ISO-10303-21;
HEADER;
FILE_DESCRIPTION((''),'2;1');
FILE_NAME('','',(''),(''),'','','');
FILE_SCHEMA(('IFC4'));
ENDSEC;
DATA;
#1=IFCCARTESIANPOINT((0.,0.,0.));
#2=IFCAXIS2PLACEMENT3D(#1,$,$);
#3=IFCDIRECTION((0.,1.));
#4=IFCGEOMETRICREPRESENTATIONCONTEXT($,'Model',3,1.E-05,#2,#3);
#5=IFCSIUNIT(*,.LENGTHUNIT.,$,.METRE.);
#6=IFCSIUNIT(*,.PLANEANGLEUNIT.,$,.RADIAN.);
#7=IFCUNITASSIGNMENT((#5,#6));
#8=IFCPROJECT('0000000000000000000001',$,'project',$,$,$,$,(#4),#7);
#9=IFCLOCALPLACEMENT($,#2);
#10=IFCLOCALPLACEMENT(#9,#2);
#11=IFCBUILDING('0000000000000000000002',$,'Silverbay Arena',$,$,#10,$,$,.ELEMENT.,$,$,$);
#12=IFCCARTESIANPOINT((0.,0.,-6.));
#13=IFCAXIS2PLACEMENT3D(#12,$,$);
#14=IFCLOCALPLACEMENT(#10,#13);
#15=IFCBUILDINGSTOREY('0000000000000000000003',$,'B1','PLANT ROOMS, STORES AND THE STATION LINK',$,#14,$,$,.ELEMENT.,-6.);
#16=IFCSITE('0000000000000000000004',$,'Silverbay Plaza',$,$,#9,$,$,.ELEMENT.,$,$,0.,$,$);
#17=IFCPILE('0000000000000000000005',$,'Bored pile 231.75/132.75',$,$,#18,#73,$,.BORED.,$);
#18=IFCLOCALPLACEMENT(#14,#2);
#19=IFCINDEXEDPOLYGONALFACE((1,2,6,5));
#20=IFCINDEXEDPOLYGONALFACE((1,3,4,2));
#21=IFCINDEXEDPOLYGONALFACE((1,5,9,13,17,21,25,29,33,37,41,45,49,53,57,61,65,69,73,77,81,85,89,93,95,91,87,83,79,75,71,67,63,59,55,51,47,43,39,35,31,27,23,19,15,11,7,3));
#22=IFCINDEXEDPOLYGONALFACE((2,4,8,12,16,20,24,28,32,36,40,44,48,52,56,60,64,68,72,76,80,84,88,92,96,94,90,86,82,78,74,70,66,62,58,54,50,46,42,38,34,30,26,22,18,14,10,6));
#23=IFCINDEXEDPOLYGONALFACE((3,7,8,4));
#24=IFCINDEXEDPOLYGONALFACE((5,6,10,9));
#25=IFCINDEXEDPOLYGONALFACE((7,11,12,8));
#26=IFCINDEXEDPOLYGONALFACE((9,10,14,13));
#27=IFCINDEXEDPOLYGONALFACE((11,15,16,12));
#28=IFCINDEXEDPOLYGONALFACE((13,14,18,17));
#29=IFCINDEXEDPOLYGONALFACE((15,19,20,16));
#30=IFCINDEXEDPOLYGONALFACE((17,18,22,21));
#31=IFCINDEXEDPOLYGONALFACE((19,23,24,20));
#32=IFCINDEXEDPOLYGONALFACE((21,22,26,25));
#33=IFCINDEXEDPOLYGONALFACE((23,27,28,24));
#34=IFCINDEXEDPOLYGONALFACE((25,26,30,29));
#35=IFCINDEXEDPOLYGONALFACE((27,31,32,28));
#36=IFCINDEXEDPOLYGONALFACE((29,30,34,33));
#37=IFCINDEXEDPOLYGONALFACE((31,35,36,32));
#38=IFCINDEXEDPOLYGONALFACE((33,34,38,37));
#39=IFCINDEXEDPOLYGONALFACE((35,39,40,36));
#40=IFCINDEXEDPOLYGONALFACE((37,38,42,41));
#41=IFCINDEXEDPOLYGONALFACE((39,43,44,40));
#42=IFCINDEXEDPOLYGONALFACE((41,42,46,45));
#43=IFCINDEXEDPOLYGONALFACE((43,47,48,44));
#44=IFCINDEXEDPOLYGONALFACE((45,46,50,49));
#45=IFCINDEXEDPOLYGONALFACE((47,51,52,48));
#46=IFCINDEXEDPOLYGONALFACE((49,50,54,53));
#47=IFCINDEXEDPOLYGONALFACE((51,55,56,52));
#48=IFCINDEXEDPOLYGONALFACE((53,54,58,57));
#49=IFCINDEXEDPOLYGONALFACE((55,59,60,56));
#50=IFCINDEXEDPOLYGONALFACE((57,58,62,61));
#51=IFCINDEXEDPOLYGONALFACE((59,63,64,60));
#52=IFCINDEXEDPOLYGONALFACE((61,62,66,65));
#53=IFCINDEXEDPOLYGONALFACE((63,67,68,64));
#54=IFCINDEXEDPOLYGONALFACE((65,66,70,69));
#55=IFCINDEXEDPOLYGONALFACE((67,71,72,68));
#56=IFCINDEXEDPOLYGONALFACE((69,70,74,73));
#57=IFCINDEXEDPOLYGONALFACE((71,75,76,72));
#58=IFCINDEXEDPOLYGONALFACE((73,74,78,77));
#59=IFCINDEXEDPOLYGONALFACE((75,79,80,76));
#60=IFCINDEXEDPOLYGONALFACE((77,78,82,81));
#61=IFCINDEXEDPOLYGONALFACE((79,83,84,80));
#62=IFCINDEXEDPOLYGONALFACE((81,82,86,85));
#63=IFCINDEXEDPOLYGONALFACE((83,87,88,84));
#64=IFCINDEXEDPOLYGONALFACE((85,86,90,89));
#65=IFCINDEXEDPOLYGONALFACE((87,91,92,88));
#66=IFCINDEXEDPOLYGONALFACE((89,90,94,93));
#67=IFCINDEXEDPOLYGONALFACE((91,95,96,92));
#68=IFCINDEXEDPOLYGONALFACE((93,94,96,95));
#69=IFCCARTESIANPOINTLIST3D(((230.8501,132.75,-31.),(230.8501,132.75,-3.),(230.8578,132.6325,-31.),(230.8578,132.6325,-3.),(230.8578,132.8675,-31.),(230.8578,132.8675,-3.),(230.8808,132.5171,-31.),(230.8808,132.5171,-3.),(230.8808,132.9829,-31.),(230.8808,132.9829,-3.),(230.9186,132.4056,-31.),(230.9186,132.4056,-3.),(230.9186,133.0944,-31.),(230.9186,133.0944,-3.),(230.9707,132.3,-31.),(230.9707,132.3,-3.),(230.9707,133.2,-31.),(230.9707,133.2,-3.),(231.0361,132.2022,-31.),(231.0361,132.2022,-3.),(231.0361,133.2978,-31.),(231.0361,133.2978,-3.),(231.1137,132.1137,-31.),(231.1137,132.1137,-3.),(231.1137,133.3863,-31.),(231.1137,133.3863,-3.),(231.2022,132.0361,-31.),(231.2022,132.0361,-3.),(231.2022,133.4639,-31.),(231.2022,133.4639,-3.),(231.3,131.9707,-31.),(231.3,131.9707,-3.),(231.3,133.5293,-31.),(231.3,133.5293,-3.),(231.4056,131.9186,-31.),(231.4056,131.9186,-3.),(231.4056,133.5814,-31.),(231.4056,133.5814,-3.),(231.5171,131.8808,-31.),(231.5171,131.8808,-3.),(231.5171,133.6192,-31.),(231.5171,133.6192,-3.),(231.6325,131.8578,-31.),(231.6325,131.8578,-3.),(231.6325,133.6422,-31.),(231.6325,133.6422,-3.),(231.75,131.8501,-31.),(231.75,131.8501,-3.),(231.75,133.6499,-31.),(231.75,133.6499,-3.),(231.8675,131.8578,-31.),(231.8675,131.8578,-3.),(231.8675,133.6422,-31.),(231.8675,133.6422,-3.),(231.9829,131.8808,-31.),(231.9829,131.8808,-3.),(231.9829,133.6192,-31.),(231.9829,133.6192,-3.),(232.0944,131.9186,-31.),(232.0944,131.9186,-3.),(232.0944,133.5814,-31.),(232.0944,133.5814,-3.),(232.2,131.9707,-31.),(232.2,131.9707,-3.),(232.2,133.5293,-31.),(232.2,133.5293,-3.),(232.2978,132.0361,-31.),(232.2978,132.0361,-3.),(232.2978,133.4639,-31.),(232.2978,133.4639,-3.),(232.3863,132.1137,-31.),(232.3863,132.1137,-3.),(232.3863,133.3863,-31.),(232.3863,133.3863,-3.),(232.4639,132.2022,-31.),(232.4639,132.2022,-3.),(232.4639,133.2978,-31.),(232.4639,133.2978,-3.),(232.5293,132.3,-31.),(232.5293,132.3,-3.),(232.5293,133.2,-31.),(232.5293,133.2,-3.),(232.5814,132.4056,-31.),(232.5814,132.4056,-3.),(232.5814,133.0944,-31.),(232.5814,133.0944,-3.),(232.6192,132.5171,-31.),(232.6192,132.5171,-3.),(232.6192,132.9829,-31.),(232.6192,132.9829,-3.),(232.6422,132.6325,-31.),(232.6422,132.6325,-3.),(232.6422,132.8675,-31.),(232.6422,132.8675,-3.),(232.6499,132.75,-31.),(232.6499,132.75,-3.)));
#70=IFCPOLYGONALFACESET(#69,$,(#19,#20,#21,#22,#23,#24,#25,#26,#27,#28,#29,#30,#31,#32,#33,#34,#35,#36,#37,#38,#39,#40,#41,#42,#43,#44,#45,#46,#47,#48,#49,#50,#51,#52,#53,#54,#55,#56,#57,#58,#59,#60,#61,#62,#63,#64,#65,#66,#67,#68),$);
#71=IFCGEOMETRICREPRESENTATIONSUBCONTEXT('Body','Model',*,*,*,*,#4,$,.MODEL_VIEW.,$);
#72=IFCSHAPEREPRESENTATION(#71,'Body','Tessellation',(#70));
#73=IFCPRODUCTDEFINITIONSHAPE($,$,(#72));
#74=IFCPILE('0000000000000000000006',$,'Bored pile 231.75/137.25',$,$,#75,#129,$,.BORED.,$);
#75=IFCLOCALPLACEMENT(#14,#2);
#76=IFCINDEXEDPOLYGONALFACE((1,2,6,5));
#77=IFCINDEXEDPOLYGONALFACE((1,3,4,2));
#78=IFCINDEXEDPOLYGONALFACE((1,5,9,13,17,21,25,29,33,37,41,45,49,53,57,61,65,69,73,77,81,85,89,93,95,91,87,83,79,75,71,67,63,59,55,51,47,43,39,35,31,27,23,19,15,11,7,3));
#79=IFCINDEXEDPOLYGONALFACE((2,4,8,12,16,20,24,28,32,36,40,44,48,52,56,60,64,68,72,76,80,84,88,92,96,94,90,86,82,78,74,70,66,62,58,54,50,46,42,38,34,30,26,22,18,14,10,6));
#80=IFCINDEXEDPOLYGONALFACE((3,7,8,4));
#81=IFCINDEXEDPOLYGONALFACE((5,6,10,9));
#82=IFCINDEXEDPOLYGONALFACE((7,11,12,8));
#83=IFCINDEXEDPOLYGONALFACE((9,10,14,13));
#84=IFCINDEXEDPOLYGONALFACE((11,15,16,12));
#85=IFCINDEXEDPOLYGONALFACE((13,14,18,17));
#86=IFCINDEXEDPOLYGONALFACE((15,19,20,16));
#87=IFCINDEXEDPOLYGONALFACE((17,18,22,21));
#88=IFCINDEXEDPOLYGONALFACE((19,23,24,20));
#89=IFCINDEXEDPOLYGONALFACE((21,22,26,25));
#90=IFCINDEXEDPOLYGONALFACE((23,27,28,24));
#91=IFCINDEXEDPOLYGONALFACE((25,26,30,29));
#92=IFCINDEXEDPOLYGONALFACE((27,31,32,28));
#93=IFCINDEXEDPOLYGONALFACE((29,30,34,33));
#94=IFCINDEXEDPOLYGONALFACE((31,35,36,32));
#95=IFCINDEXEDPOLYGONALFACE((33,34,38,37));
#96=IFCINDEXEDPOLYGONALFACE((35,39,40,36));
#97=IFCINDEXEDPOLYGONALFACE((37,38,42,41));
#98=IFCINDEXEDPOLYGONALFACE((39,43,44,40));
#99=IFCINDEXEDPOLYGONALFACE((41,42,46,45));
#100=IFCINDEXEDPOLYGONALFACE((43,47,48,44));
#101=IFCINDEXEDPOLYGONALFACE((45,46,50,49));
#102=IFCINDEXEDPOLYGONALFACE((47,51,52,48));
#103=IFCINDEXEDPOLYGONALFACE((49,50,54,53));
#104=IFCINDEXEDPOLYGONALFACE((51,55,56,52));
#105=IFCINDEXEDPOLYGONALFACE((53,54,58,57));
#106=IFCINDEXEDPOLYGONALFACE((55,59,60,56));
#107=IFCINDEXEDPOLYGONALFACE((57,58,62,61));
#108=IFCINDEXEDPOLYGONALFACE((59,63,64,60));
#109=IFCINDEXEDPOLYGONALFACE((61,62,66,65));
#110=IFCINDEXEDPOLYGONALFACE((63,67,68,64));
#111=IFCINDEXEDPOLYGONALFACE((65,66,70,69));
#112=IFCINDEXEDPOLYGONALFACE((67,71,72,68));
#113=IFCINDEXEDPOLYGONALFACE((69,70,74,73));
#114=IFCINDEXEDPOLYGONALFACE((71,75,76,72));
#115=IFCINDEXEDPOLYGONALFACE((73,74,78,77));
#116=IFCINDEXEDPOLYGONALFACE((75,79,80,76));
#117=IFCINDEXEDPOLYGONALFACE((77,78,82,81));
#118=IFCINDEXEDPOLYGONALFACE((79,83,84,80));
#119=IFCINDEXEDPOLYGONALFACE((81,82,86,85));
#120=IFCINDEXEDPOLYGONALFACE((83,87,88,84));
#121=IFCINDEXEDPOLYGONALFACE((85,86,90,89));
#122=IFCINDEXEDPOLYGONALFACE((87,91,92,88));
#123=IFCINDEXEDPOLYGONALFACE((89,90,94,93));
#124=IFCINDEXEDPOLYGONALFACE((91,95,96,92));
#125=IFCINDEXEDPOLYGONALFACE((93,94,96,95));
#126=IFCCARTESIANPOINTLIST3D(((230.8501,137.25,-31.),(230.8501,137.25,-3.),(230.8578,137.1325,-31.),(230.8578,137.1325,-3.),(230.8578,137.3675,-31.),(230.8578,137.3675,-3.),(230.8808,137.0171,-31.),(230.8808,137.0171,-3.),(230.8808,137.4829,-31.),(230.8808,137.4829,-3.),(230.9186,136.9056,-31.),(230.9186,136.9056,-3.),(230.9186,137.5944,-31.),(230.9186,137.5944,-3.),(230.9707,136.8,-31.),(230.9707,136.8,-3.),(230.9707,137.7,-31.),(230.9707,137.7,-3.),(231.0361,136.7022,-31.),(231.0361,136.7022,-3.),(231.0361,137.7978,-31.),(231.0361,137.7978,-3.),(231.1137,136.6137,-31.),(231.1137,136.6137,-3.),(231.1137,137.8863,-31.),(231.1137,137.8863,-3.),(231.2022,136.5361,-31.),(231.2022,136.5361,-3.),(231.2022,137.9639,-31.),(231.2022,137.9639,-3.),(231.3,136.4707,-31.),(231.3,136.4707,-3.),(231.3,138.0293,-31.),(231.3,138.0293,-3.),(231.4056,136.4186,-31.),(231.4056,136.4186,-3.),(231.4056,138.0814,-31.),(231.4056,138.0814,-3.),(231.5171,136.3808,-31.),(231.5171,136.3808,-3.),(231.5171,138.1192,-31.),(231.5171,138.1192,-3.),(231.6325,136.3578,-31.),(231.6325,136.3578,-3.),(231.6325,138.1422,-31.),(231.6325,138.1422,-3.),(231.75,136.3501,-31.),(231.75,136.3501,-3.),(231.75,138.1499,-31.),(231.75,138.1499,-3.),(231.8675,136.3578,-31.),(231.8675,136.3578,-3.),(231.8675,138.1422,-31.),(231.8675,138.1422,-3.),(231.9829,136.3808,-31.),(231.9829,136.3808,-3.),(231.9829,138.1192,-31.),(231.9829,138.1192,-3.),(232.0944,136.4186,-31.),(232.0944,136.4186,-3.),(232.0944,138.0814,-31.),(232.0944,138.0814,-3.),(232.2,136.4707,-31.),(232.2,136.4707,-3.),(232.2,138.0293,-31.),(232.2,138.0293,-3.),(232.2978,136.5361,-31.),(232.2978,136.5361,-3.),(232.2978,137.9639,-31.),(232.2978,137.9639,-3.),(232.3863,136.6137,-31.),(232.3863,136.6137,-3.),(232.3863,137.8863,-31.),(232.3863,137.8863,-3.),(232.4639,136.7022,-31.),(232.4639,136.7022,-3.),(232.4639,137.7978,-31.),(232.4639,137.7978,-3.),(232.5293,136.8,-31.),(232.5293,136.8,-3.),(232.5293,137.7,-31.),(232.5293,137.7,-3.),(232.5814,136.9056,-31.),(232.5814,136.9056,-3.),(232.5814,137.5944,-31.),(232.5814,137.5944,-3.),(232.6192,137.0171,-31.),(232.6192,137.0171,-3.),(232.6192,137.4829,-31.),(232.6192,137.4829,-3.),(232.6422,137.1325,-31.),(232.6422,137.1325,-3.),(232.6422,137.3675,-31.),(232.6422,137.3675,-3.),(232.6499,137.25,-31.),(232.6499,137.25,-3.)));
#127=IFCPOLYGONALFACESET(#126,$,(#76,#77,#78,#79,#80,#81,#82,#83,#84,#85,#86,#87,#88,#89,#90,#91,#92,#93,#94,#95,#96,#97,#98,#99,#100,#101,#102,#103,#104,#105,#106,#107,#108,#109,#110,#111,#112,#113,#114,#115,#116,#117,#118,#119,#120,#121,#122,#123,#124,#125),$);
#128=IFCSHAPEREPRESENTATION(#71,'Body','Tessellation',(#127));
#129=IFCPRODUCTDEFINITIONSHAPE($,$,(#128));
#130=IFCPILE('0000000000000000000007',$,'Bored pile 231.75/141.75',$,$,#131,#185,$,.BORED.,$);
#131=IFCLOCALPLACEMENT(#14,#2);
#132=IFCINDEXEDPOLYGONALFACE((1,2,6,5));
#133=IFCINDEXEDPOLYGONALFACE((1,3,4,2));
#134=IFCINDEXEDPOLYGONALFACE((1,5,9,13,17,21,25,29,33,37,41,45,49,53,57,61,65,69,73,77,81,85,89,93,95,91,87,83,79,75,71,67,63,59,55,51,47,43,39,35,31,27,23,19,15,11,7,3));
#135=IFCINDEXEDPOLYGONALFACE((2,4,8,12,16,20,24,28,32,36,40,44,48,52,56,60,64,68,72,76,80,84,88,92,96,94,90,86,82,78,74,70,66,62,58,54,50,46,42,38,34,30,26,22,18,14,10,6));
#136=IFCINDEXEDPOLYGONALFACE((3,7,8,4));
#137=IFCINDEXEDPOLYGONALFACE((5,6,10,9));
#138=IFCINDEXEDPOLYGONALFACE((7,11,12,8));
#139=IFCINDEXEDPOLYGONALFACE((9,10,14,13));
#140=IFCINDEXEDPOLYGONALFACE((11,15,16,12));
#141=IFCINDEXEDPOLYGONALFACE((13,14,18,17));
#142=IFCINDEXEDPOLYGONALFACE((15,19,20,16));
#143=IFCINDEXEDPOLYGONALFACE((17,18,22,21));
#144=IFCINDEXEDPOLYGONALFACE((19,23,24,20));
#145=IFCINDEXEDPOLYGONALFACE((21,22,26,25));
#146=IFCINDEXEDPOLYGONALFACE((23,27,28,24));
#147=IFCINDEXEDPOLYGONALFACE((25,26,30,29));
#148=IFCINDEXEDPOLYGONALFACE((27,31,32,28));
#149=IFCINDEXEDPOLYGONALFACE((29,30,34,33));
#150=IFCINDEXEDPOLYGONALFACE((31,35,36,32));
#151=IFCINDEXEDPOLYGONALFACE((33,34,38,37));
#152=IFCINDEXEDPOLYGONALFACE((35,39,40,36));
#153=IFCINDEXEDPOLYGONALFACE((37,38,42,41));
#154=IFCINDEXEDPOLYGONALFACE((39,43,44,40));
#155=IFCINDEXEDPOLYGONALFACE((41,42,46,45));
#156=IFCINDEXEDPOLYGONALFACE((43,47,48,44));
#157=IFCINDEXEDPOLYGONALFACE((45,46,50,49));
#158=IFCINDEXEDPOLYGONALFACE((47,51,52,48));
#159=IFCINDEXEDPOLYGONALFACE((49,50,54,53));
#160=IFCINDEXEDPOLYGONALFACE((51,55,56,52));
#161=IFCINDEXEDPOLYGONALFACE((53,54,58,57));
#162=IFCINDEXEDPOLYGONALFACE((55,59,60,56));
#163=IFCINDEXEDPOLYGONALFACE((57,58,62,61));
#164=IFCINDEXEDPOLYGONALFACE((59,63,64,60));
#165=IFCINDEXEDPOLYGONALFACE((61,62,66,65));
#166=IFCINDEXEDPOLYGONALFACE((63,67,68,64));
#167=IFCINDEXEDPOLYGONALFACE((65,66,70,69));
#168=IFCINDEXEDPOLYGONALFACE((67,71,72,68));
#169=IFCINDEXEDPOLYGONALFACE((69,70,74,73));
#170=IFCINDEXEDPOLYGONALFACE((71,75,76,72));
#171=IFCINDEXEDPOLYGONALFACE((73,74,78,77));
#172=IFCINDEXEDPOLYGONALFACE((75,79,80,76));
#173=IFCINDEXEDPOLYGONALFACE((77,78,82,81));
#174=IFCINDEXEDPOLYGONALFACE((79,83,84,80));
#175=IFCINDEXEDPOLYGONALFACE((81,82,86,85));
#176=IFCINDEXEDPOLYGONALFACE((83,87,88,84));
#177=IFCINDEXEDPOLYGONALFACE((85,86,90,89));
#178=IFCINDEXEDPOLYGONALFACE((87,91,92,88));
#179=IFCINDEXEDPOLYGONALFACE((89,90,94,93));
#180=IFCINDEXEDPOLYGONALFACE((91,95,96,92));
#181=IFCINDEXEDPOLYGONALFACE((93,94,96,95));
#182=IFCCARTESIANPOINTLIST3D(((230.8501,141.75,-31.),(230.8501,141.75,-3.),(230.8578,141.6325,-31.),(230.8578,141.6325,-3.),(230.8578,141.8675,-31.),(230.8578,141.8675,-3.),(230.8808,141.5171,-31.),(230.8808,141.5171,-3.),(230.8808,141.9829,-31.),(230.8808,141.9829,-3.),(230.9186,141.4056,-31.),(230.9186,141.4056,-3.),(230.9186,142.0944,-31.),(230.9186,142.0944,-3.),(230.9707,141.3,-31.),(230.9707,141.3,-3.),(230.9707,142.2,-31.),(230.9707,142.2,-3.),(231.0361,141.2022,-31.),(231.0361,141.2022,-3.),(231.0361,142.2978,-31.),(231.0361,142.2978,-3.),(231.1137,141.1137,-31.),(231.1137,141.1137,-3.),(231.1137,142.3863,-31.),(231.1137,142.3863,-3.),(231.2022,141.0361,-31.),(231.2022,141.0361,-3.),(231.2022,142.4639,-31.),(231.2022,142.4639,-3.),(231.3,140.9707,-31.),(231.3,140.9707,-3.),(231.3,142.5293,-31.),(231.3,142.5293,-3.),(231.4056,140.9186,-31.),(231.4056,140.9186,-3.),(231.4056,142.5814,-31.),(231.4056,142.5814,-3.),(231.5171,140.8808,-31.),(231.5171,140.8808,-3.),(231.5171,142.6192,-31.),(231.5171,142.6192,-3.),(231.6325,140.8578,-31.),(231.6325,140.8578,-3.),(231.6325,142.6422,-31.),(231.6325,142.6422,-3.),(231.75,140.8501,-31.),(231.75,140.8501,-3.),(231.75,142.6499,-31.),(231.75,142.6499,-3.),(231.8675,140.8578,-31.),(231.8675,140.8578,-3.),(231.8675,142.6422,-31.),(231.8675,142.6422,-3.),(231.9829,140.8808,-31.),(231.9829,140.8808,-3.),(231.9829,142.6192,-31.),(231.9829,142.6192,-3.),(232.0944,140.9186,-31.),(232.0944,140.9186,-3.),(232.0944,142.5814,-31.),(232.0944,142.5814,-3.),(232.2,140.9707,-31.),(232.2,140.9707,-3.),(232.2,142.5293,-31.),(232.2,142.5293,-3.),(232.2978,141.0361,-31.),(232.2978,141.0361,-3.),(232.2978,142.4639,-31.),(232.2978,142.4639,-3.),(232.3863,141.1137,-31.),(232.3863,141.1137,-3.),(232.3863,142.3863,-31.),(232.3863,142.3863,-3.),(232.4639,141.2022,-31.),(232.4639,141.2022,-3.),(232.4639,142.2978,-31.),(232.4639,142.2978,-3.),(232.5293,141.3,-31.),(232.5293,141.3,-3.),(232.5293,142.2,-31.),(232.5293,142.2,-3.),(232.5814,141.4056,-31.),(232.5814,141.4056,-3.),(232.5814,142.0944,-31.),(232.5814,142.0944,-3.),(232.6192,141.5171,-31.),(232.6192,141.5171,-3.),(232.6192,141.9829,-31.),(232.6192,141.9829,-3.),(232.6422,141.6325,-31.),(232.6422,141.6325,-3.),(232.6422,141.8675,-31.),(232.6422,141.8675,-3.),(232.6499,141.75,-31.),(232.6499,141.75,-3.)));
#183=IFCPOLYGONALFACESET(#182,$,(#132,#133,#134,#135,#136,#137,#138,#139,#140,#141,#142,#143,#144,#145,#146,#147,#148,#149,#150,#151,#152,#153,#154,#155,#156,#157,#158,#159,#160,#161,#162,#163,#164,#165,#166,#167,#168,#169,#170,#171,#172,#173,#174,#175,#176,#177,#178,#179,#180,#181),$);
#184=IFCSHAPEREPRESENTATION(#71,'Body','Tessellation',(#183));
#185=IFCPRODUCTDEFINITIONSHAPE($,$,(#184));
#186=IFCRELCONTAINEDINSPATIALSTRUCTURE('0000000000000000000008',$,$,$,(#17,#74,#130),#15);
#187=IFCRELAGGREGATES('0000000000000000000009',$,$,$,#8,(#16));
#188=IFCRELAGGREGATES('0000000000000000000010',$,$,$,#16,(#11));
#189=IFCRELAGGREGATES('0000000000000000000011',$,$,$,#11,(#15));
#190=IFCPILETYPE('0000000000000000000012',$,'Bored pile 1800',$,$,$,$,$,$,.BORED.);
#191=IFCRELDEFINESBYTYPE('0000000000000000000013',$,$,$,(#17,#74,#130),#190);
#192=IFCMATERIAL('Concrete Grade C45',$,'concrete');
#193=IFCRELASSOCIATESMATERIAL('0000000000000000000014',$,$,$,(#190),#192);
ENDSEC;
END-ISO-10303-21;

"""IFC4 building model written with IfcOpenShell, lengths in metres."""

from ifc_helpers import new_model, si_unit, direction, frame, origin, origin_2d, place, context, subcontext, project, spatial, circle, extrude, material, material_profile, profile_set, type_object, element, save


model = new_model("IFC4")

# Units and contexts
model_context = context("Model", 3, precision=1e-05, world=origin(), true_north=direction((0.0, 1.0)))
body_context = subcontext(model_context, "Body", "Model", "MODEL_VIEW")
ifc_project = project(units=[si_unit("LENGTHUNIT", "METRE"), si_unit("PLANEANGLEUNIT", "RADIAN")], contexts=[model_context])

# Site, building, storey
site_placement = place(None, origin())
site = spatial("IfcSite", under=ifc_project, at=site_placement, Name="Silverbay Plaza", CompositionType="ELEMENT", RefElevation=0.0)
building_placement = place(site_placement, origin())
building = spatial("IfcBuilding", under=site, at=building_placement, Name="Silverbay Arena", CompositionType="ELEMENT")
storey_placement = place(building_placement, frame((0.0, 0.0, -6.0)))
storey = spatial("IfcBuildingStorey", under=building, at=storey_placement, Name="B1", Description="PLANT ROOMS, STORES AND THE STATION LINK", CompositionType="ELEMENT", Elevation=-6.0)

# Piles
ifc_material_1 = material(Name="Concrete Grade C45", Category="concrete")
ifc_material_profile_1 = material_profile(ifc_material_1, circle(Radius=0.8999, at=origin_2d()), Name="Bored pile 1800")
ifc_profile_set_1 = profile_set([ifc_material_profile_1], Name="Concrete Grade C45")
pile_type_1 = type_object("IfcPileType", Name="Bored pile 1800", PredefinedType="BORED", material=ifc_profile_set_1)
for number, where, z_axis, x_axis, name in (
    (1, (231.75, 132.75, -3.0), (0.0, 0.0, -1.0), (1.0, 0.0, 0.0), "Bored pile 231.75/132.75"),
    (2, (231.75, 137.25, -3.0), (0.0, 0.0, -1.0), (1.0, 0.0, 0.0), "Bored pile 231.75/137.25"),
    (3, (231.75, 141.75, -3.0), (0.0, 0.0, -1.0), (1.0, 0.0, 0.0), "Bored pile 231.75/141.75"),
):
    element("IfcPile", number, at=place(storey_placement, frame(where, z_axis=z_axis, x_axis=x_axis)), inside=storey, type_object=pile_type_1, Name=name, PredefinedType="BORED", context=body_context, shape_type="SweptSolid", body=[
        extrude(circle(Radius=0.8999, at=origin_2d()), origin(), (0.0, 0.0, 1.0), 28.0),
    ])

save(model, "model.ifc")
